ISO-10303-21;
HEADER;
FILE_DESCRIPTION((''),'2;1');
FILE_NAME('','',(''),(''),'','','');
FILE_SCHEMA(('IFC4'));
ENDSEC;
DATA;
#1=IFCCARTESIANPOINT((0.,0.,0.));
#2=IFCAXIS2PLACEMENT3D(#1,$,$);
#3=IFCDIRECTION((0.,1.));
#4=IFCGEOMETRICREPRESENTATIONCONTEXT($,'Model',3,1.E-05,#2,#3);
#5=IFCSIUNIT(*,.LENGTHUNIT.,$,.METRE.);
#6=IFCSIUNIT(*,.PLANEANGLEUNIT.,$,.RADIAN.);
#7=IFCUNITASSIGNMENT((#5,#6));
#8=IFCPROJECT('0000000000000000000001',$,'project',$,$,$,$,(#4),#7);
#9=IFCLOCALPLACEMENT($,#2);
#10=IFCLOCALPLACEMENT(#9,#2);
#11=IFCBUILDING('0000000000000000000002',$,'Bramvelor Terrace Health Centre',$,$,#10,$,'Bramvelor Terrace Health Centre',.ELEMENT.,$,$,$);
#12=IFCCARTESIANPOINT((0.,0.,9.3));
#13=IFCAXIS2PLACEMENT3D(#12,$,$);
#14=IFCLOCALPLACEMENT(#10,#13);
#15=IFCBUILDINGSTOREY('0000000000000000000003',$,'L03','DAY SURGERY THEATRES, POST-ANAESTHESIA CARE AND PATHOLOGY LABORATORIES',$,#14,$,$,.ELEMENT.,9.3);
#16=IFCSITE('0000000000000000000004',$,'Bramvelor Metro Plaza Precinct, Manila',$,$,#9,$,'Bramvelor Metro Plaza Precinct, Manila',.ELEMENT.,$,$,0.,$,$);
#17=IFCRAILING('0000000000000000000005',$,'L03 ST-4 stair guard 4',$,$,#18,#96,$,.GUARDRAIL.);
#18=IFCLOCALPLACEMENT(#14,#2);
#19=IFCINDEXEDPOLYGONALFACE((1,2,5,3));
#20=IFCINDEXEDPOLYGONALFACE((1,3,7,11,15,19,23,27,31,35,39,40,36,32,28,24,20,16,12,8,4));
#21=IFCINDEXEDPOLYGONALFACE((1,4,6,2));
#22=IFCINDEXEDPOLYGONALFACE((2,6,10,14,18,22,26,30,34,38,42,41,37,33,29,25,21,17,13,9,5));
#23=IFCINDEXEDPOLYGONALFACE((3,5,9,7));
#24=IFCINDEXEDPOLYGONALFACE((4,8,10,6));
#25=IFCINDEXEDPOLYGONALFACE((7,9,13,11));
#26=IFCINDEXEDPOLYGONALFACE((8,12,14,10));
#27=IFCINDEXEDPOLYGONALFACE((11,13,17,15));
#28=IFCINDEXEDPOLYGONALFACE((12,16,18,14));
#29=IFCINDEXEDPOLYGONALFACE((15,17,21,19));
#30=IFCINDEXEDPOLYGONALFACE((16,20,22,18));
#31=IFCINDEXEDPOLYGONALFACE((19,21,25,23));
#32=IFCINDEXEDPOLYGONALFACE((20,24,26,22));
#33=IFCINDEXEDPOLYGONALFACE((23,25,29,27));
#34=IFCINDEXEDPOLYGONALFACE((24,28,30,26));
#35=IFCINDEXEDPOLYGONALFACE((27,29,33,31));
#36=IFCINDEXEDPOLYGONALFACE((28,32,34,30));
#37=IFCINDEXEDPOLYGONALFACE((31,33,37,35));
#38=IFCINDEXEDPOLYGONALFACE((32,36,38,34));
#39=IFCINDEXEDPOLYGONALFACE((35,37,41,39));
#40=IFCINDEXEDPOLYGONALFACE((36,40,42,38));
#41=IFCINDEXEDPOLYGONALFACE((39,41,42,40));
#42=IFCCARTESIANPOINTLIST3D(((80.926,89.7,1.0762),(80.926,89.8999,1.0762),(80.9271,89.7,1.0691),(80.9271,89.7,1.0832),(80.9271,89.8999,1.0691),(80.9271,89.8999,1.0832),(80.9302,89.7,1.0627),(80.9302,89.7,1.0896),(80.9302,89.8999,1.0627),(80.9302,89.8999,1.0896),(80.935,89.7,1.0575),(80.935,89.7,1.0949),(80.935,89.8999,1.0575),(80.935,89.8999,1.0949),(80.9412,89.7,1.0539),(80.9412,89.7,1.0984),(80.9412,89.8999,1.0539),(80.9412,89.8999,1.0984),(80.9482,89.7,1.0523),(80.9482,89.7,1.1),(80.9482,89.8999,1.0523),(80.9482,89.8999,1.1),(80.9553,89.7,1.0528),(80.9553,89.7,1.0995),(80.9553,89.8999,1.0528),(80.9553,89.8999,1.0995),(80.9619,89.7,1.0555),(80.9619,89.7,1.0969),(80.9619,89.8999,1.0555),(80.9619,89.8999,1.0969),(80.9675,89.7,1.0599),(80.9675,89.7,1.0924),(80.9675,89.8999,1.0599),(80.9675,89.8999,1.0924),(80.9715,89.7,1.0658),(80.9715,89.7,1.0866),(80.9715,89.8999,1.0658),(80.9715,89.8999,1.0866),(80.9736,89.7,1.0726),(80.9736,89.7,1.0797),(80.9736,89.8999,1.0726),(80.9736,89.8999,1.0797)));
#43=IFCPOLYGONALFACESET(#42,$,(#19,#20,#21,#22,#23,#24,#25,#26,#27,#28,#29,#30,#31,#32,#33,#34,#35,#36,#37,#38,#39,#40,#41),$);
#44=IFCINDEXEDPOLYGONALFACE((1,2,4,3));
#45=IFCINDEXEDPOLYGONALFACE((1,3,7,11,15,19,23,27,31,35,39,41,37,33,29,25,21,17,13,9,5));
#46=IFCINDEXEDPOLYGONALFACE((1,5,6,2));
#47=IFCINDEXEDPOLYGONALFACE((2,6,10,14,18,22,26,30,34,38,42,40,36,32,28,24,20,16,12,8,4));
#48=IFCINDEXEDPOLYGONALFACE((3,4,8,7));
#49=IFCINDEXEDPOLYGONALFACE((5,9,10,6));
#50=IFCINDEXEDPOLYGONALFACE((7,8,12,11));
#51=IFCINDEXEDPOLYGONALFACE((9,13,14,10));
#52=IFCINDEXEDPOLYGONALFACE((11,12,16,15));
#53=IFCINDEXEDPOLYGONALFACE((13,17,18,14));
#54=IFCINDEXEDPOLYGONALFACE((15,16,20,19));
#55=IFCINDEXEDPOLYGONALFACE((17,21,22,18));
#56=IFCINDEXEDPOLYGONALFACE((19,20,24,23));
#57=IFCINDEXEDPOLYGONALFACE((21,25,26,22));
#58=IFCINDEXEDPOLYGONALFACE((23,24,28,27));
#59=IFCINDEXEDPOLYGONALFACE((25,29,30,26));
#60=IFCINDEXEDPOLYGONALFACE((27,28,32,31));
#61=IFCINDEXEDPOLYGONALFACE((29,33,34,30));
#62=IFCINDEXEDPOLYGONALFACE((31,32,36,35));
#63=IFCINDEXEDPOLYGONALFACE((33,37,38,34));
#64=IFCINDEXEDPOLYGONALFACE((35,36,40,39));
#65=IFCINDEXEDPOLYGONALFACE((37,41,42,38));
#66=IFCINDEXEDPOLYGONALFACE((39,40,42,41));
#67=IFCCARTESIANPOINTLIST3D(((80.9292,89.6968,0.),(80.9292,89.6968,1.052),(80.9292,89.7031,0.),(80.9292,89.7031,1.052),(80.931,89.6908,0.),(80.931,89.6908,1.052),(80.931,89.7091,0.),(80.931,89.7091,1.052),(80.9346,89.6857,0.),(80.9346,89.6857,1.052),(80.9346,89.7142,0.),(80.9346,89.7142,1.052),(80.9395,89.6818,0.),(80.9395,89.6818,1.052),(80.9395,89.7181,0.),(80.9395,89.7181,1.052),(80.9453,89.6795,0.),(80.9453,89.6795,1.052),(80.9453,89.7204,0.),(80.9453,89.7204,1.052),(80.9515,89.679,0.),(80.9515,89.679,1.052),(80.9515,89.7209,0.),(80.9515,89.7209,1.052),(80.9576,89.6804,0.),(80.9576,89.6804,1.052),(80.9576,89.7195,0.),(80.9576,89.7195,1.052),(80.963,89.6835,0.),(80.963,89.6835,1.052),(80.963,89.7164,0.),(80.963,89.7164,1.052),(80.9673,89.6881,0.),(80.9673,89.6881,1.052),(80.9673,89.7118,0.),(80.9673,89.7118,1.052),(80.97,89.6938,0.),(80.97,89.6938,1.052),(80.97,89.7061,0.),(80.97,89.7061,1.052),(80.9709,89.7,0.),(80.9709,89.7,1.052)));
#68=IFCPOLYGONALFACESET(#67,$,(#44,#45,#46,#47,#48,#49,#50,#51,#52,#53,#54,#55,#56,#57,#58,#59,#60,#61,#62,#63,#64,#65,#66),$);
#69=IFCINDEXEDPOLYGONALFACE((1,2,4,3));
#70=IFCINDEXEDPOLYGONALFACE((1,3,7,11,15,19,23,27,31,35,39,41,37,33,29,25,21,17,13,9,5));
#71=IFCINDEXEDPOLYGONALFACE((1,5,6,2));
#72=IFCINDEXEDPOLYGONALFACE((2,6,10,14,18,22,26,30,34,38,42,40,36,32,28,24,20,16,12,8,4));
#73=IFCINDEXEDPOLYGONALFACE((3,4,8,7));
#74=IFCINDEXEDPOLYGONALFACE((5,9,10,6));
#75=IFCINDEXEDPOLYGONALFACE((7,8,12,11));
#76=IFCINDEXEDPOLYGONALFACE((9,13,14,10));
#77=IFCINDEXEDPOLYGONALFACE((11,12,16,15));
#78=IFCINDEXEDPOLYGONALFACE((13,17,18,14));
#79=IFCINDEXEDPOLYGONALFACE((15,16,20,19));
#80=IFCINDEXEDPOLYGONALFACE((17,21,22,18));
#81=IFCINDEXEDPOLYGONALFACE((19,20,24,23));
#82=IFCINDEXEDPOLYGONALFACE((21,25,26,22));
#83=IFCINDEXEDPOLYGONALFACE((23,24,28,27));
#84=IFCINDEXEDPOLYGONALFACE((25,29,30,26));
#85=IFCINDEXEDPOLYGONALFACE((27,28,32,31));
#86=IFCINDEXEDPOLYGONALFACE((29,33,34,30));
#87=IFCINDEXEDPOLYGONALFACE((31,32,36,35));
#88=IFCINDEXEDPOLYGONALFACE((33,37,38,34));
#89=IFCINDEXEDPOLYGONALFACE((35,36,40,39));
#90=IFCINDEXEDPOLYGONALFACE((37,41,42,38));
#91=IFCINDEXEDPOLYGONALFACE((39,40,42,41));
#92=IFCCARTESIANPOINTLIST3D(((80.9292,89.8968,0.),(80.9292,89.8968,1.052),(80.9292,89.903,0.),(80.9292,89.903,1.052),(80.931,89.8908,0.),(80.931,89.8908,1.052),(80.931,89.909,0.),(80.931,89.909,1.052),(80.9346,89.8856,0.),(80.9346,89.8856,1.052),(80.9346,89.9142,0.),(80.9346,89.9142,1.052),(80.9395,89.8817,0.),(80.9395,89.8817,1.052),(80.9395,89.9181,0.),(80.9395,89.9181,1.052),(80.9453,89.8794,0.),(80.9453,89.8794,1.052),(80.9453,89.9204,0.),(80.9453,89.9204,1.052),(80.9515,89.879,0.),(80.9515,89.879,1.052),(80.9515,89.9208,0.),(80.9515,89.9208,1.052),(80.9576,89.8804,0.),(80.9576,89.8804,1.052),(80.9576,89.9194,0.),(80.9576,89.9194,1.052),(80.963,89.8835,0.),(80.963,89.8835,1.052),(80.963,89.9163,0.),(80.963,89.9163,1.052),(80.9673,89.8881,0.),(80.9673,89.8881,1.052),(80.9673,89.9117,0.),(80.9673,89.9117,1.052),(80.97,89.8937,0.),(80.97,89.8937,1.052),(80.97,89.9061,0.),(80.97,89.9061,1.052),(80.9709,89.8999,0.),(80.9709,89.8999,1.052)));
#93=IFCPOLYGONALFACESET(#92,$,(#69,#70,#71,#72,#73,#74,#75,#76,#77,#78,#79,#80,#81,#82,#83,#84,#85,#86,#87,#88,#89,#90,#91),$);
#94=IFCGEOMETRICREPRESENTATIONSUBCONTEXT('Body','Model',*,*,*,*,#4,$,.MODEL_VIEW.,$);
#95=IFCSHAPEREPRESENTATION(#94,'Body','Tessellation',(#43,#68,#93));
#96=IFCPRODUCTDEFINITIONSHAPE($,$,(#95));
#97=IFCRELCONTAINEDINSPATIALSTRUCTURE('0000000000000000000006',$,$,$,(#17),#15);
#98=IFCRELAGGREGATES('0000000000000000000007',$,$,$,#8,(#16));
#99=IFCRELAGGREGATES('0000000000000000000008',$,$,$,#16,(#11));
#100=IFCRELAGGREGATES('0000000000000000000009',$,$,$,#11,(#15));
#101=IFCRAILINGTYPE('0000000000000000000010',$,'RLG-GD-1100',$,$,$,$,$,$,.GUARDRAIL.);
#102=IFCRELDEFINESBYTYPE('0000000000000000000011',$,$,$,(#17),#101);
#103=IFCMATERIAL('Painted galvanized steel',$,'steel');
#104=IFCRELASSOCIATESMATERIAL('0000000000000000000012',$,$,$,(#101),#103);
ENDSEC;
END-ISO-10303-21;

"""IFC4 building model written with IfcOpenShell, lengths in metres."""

from ifc_helpers import new_model, si_unit, direction, frame, origin, origin_2d, place, context, subcontext, project, spatial, circle, extrude, material, type_object, element, save


model = new_model("IFC4")

# Units and contexts
model_context = context("Model", 3, precision=1e-05, world=origin(), true_north=direction((0.0, 1.0)))
body_context = subcontext(model_context, "Body", "Model", "MODEL_VIEW")
ifc_project = project(units=[si_unit("LENGTHUNIT", "METRE"), si_unit("PLANEANGLEUNIT", "RADIAN")], contexts=[model_context])

# Site, building, storey
site_placement = place(None, origin())
site = spatial("IfcSite", under=ifc_project, at=site_placement, Name="Bramvelor Metro Plaza Precinct, Manila", LongName="Bramvelor Metro Plaza Precinct, Manila", CompositionType="ELEMENT", RefElevation=0.0)
building_placement = place(site_placement, origin())
building = spatial("IfcBuilding", under=site, at=building_placement, Name="Bramvelor Terrace Health Centre", LongName="Bramvelor Terrace Health Centre", CompositionType="ELEMENT")
storey_placement = place(building_placement, frame((0.0, 0.0, 9.3)))
storey = spatial("IfcBuildingStorey", under=building, at=storey_placement, Name="L03", Description="DAY SURGERY THEATRES, POST-ANAESTHESIA CARE AND PATHOLOGY LABORATORIES", CompositionType="ELEMENT", Elevation=9.3)

# Railing
ifc_material_1 = material(Name="Painted galvanized steel", Category="steel")
railing_type_1 = type_object("IfcRailingType", Name="RLG-GD-1100", PredefinedType="GUARDRAIL", material=ifc_material_1)
railing_1_placement = place(storey_placement, frame((80.95, 89.7, 0.0)))
element("IfcRailing", 1, at=railing_1_placement, inside=storey, type_object=railing_type_1, Name="L03 ST-4 stair guard 4", PredefinedType="GUARDRAIL", context=body_context, shape_type="SweptSolid", body=[
    extrude(circle(Radius=0.0239, at=origin_2d()), frame((0.0, 0.0, 1.0762), z_axis=(0.0, 1.0, 0.0), x_axis=(-1.0, 0.0, 0.0)), (0.0, 0.0, 1.0), 0.2),
    extrude(circle(Radius=0.021, at=origin_2d()), origin(), (0.0, 0.0, 1.0), 1.052),
    extrude(circle(Radius=0.021, at=origin_2d()), frame((0.0, 0.2, 0.0)), (0.0, 0.0, 1.0), 1.052),
])

save(model, "model.ifc")
